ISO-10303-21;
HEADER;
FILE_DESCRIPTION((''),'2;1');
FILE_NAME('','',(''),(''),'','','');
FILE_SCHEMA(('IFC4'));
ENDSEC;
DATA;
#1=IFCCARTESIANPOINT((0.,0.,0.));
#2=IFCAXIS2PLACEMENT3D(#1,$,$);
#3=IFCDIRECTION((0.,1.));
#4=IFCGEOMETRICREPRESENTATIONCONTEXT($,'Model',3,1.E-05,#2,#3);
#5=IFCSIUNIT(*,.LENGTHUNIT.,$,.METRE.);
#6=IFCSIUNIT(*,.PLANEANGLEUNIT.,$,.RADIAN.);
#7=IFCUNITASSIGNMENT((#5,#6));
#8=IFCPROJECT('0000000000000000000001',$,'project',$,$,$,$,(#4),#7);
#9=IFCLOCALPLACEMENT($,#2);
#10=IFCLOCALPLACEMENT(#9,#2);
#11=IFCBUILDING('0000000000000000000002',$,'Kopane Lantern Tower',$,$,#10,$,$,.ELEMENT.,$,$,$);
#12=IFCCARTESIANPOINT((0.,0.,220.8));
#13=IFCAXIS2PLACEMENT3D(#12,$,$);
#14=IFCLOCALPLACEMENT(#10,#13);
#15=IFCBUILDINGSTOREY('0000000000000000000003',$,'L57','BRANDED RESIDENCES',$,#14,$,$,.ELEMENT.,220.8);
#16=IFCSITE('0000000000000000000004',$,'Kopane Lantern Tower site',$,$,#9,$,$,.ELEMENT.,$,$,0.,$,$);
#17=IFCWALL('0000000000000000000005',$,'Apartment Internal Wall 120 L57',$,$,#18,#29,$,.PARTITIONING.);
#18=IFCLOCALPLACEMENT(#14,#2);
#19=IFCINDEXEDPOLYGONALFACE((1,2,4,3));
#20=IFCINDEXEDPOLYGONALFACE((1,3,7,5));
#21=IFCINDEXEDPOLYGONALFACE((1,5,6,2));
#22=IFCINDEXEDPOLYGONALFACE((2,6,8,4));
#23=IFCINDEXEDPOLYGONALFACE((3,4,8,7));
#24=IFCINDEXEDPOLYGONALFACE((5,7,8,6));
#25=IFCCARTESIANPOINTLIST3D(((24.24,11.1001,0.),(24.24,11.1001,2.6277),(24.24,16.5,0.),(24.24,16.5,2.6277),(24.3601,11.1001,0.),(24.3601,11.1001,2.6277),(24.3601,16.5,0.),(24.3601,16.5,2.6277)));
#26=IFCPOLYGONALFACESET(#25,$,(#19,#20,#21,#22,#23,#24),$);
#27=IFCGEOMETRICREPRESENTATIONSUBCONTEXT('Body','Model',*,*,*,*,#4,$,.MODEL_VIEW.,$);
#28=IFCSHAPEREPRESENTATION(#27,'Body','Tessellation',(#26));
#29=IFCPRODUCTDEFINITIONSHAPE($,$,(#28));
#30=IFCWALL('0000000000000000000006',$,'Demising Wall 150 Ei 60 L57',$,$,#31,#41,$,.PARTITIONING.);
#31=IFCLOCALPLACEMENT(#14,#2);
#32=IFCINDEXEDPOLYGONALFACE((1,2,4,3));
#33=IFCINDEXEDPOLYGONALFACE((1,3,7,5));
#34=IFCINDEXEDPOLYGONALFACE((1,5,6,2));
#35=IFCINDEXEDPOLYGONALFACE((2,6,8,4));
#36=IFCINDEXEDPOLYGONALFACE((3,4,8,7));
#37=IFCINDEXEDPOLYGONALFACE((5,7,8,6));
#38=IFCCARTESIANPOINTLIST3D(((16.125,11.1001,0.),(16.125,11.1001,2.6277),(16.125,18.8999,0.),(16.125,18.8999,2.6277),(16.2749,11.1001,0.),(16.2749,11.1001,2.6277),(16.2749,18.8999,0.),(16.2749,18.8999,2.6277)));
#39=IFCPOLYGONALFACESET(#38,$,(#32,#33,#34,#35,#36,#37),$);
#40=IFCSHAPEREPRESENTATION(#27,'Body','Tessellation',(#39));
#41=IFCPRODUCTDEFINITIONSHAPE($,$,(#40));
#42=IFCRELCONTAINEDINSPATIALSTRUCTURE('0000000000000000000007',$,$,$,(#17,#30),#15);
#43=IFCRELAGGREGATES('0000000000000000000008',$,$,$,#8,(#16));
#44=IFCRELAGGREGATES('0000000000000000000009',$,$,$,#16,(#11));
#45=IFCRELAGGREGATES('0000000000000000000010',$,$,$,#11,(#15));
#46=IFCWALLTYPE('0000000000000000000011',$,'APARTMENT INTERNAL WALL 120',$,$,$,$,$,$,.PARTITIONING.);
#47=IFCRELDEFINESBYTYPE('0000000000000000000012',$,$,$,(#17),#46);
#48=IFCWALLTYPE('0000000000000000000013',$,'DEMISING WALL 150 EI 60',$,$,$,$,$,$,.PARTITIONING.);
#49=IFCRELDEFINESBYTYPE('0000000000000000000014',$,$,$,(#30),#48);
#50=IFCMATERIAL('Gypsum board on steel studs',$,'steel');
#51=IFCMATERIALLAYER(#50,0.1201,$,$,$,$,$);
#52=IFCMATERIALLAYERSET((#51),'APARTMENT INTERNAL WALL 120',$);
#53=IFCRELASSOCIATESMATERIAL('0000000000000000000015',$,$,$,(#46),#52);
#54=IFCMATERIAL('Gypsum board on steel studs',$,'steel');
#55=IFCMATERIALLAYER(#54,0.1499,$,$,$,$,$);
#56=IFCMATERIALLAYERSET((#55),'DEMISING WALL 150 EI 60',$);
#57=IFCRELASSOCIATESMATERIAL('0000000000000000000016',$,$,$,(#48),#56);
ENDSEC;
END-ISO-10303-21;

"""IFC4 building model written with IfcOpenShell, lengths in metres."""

from ifc_helpers import new_model, si_unit, direction, frame, frame_2d, origin, place, context, subcontext, project, spatial, rectangle, extrude, material, layer, layer_set, type_object, element, save


model = new_model("IFC4")

# Units and contexts
model_context = context("Model", 3, precision=1e-05, world=origin(), true_north=direction((0.0, 1.0)))
body_context = subcontext(model_context, "Body", "Model", "MODEL_VIEW")
ifc_project = project(units=[si_unit("LENGTHUNIT", "METRE"), si_unit("PLANEANGLEUNIT", "RADIAN")], contexts=[model_context])

# Site, building, storey
site_placement = place(None, origin())
site = spatial("IfcSite", under=ifc_project, at=site_placement, Name="Kopane Lantern Tower site", CompositionType="ELEMENT", RefElevation=0.0)
building_placement = place(site_placement, origin())
building = spatial("IfcBuilding", under=site, at=building_placement, Name="Kopane Lantern Tower", CompositionType="ELEMENT")
storey_placement = place(building_placement, frame((0.0, 0.0, 220.8)))
storey = spatial("IfcBuildingStorey", under=building, at=storey_placement, Name="L57", Description="BRANDED RESIDENCES", CompositionType="ELEMENT", Elevation=220.8)

# Walls
ifc_material_1 = material(Name="Gypsum board on steel studs", Category="steel")
ifc_layer_1 = layer(ifc_material_1, 0.1201)
ifc_layer_set_1 = layer_set([ifc_layer_1], Name="APARTMENT INTERNAL WALL 120")
wall_type_1 = type_object("IfcWallType", Name="APARTMENT INTERNAL WALL 120", PredefinedType="PARTITIONING", material=ifc_layer_set_1)
wall_1_placement = place(storey_placement, frame((24.3, 16.5, 0.0), z_axis=(0.0, 0.0, 1.0), x_axis=(0.0, -1.0, 0.0)))
element("IfcWall", 1, at=wall_1_placement, inside=storey, type_object=wall_type_1, Name="Apartment Internal Wall 120 L57", PredefinedType="PARTITIONING", context=body_context, shape_type="SweptSolid", body=[
    extrude(rectangle(XDim=5.3999, YDim=0.1201, at=frame_2d((2.7, 0.0))), origin(), (0.0, 0.0, 1.0), 2.6277),
])
ifc_material_2 = material(Name="Gypsum board on steel studs", Category="steel")
ifc_layer_2 = layer(ifc_material_2, 0.1499)
ifc_layer_set_2 = layer_set([ifc_layer_2], Name="DEMISING WALL 150 EI 60")
wall_type_2 = type_object("IfcWallType", Name="DEMISING WALL 150 EI 60", PredefinedType="PARTITIONING", material=ifc_layer_set_2)
wall_2_placement = place(storey_placement, frame((16.2, 18.8999, 0.0), z_axis=(0.0, 0.0, 1.0), x_axis=(0.0, -1.0, 0.0)))
element("IfcWall", 2, at=wall_2_placement, inside=storey, type_object=wall_type_2, Name="Demising Wall 150 Ei 60 L57", PredefinedType="PARTITIONING", context=body_context, shape_type="SweptSolid", body=[
    extrude(rectangle(XDim=7.7998, YDim=0.1499, at=frame_2d((3.8999, 0.0))), origin(), (0.0, 0.0, 1.0), 2.6277),
])

save(model, "model.ifc")
